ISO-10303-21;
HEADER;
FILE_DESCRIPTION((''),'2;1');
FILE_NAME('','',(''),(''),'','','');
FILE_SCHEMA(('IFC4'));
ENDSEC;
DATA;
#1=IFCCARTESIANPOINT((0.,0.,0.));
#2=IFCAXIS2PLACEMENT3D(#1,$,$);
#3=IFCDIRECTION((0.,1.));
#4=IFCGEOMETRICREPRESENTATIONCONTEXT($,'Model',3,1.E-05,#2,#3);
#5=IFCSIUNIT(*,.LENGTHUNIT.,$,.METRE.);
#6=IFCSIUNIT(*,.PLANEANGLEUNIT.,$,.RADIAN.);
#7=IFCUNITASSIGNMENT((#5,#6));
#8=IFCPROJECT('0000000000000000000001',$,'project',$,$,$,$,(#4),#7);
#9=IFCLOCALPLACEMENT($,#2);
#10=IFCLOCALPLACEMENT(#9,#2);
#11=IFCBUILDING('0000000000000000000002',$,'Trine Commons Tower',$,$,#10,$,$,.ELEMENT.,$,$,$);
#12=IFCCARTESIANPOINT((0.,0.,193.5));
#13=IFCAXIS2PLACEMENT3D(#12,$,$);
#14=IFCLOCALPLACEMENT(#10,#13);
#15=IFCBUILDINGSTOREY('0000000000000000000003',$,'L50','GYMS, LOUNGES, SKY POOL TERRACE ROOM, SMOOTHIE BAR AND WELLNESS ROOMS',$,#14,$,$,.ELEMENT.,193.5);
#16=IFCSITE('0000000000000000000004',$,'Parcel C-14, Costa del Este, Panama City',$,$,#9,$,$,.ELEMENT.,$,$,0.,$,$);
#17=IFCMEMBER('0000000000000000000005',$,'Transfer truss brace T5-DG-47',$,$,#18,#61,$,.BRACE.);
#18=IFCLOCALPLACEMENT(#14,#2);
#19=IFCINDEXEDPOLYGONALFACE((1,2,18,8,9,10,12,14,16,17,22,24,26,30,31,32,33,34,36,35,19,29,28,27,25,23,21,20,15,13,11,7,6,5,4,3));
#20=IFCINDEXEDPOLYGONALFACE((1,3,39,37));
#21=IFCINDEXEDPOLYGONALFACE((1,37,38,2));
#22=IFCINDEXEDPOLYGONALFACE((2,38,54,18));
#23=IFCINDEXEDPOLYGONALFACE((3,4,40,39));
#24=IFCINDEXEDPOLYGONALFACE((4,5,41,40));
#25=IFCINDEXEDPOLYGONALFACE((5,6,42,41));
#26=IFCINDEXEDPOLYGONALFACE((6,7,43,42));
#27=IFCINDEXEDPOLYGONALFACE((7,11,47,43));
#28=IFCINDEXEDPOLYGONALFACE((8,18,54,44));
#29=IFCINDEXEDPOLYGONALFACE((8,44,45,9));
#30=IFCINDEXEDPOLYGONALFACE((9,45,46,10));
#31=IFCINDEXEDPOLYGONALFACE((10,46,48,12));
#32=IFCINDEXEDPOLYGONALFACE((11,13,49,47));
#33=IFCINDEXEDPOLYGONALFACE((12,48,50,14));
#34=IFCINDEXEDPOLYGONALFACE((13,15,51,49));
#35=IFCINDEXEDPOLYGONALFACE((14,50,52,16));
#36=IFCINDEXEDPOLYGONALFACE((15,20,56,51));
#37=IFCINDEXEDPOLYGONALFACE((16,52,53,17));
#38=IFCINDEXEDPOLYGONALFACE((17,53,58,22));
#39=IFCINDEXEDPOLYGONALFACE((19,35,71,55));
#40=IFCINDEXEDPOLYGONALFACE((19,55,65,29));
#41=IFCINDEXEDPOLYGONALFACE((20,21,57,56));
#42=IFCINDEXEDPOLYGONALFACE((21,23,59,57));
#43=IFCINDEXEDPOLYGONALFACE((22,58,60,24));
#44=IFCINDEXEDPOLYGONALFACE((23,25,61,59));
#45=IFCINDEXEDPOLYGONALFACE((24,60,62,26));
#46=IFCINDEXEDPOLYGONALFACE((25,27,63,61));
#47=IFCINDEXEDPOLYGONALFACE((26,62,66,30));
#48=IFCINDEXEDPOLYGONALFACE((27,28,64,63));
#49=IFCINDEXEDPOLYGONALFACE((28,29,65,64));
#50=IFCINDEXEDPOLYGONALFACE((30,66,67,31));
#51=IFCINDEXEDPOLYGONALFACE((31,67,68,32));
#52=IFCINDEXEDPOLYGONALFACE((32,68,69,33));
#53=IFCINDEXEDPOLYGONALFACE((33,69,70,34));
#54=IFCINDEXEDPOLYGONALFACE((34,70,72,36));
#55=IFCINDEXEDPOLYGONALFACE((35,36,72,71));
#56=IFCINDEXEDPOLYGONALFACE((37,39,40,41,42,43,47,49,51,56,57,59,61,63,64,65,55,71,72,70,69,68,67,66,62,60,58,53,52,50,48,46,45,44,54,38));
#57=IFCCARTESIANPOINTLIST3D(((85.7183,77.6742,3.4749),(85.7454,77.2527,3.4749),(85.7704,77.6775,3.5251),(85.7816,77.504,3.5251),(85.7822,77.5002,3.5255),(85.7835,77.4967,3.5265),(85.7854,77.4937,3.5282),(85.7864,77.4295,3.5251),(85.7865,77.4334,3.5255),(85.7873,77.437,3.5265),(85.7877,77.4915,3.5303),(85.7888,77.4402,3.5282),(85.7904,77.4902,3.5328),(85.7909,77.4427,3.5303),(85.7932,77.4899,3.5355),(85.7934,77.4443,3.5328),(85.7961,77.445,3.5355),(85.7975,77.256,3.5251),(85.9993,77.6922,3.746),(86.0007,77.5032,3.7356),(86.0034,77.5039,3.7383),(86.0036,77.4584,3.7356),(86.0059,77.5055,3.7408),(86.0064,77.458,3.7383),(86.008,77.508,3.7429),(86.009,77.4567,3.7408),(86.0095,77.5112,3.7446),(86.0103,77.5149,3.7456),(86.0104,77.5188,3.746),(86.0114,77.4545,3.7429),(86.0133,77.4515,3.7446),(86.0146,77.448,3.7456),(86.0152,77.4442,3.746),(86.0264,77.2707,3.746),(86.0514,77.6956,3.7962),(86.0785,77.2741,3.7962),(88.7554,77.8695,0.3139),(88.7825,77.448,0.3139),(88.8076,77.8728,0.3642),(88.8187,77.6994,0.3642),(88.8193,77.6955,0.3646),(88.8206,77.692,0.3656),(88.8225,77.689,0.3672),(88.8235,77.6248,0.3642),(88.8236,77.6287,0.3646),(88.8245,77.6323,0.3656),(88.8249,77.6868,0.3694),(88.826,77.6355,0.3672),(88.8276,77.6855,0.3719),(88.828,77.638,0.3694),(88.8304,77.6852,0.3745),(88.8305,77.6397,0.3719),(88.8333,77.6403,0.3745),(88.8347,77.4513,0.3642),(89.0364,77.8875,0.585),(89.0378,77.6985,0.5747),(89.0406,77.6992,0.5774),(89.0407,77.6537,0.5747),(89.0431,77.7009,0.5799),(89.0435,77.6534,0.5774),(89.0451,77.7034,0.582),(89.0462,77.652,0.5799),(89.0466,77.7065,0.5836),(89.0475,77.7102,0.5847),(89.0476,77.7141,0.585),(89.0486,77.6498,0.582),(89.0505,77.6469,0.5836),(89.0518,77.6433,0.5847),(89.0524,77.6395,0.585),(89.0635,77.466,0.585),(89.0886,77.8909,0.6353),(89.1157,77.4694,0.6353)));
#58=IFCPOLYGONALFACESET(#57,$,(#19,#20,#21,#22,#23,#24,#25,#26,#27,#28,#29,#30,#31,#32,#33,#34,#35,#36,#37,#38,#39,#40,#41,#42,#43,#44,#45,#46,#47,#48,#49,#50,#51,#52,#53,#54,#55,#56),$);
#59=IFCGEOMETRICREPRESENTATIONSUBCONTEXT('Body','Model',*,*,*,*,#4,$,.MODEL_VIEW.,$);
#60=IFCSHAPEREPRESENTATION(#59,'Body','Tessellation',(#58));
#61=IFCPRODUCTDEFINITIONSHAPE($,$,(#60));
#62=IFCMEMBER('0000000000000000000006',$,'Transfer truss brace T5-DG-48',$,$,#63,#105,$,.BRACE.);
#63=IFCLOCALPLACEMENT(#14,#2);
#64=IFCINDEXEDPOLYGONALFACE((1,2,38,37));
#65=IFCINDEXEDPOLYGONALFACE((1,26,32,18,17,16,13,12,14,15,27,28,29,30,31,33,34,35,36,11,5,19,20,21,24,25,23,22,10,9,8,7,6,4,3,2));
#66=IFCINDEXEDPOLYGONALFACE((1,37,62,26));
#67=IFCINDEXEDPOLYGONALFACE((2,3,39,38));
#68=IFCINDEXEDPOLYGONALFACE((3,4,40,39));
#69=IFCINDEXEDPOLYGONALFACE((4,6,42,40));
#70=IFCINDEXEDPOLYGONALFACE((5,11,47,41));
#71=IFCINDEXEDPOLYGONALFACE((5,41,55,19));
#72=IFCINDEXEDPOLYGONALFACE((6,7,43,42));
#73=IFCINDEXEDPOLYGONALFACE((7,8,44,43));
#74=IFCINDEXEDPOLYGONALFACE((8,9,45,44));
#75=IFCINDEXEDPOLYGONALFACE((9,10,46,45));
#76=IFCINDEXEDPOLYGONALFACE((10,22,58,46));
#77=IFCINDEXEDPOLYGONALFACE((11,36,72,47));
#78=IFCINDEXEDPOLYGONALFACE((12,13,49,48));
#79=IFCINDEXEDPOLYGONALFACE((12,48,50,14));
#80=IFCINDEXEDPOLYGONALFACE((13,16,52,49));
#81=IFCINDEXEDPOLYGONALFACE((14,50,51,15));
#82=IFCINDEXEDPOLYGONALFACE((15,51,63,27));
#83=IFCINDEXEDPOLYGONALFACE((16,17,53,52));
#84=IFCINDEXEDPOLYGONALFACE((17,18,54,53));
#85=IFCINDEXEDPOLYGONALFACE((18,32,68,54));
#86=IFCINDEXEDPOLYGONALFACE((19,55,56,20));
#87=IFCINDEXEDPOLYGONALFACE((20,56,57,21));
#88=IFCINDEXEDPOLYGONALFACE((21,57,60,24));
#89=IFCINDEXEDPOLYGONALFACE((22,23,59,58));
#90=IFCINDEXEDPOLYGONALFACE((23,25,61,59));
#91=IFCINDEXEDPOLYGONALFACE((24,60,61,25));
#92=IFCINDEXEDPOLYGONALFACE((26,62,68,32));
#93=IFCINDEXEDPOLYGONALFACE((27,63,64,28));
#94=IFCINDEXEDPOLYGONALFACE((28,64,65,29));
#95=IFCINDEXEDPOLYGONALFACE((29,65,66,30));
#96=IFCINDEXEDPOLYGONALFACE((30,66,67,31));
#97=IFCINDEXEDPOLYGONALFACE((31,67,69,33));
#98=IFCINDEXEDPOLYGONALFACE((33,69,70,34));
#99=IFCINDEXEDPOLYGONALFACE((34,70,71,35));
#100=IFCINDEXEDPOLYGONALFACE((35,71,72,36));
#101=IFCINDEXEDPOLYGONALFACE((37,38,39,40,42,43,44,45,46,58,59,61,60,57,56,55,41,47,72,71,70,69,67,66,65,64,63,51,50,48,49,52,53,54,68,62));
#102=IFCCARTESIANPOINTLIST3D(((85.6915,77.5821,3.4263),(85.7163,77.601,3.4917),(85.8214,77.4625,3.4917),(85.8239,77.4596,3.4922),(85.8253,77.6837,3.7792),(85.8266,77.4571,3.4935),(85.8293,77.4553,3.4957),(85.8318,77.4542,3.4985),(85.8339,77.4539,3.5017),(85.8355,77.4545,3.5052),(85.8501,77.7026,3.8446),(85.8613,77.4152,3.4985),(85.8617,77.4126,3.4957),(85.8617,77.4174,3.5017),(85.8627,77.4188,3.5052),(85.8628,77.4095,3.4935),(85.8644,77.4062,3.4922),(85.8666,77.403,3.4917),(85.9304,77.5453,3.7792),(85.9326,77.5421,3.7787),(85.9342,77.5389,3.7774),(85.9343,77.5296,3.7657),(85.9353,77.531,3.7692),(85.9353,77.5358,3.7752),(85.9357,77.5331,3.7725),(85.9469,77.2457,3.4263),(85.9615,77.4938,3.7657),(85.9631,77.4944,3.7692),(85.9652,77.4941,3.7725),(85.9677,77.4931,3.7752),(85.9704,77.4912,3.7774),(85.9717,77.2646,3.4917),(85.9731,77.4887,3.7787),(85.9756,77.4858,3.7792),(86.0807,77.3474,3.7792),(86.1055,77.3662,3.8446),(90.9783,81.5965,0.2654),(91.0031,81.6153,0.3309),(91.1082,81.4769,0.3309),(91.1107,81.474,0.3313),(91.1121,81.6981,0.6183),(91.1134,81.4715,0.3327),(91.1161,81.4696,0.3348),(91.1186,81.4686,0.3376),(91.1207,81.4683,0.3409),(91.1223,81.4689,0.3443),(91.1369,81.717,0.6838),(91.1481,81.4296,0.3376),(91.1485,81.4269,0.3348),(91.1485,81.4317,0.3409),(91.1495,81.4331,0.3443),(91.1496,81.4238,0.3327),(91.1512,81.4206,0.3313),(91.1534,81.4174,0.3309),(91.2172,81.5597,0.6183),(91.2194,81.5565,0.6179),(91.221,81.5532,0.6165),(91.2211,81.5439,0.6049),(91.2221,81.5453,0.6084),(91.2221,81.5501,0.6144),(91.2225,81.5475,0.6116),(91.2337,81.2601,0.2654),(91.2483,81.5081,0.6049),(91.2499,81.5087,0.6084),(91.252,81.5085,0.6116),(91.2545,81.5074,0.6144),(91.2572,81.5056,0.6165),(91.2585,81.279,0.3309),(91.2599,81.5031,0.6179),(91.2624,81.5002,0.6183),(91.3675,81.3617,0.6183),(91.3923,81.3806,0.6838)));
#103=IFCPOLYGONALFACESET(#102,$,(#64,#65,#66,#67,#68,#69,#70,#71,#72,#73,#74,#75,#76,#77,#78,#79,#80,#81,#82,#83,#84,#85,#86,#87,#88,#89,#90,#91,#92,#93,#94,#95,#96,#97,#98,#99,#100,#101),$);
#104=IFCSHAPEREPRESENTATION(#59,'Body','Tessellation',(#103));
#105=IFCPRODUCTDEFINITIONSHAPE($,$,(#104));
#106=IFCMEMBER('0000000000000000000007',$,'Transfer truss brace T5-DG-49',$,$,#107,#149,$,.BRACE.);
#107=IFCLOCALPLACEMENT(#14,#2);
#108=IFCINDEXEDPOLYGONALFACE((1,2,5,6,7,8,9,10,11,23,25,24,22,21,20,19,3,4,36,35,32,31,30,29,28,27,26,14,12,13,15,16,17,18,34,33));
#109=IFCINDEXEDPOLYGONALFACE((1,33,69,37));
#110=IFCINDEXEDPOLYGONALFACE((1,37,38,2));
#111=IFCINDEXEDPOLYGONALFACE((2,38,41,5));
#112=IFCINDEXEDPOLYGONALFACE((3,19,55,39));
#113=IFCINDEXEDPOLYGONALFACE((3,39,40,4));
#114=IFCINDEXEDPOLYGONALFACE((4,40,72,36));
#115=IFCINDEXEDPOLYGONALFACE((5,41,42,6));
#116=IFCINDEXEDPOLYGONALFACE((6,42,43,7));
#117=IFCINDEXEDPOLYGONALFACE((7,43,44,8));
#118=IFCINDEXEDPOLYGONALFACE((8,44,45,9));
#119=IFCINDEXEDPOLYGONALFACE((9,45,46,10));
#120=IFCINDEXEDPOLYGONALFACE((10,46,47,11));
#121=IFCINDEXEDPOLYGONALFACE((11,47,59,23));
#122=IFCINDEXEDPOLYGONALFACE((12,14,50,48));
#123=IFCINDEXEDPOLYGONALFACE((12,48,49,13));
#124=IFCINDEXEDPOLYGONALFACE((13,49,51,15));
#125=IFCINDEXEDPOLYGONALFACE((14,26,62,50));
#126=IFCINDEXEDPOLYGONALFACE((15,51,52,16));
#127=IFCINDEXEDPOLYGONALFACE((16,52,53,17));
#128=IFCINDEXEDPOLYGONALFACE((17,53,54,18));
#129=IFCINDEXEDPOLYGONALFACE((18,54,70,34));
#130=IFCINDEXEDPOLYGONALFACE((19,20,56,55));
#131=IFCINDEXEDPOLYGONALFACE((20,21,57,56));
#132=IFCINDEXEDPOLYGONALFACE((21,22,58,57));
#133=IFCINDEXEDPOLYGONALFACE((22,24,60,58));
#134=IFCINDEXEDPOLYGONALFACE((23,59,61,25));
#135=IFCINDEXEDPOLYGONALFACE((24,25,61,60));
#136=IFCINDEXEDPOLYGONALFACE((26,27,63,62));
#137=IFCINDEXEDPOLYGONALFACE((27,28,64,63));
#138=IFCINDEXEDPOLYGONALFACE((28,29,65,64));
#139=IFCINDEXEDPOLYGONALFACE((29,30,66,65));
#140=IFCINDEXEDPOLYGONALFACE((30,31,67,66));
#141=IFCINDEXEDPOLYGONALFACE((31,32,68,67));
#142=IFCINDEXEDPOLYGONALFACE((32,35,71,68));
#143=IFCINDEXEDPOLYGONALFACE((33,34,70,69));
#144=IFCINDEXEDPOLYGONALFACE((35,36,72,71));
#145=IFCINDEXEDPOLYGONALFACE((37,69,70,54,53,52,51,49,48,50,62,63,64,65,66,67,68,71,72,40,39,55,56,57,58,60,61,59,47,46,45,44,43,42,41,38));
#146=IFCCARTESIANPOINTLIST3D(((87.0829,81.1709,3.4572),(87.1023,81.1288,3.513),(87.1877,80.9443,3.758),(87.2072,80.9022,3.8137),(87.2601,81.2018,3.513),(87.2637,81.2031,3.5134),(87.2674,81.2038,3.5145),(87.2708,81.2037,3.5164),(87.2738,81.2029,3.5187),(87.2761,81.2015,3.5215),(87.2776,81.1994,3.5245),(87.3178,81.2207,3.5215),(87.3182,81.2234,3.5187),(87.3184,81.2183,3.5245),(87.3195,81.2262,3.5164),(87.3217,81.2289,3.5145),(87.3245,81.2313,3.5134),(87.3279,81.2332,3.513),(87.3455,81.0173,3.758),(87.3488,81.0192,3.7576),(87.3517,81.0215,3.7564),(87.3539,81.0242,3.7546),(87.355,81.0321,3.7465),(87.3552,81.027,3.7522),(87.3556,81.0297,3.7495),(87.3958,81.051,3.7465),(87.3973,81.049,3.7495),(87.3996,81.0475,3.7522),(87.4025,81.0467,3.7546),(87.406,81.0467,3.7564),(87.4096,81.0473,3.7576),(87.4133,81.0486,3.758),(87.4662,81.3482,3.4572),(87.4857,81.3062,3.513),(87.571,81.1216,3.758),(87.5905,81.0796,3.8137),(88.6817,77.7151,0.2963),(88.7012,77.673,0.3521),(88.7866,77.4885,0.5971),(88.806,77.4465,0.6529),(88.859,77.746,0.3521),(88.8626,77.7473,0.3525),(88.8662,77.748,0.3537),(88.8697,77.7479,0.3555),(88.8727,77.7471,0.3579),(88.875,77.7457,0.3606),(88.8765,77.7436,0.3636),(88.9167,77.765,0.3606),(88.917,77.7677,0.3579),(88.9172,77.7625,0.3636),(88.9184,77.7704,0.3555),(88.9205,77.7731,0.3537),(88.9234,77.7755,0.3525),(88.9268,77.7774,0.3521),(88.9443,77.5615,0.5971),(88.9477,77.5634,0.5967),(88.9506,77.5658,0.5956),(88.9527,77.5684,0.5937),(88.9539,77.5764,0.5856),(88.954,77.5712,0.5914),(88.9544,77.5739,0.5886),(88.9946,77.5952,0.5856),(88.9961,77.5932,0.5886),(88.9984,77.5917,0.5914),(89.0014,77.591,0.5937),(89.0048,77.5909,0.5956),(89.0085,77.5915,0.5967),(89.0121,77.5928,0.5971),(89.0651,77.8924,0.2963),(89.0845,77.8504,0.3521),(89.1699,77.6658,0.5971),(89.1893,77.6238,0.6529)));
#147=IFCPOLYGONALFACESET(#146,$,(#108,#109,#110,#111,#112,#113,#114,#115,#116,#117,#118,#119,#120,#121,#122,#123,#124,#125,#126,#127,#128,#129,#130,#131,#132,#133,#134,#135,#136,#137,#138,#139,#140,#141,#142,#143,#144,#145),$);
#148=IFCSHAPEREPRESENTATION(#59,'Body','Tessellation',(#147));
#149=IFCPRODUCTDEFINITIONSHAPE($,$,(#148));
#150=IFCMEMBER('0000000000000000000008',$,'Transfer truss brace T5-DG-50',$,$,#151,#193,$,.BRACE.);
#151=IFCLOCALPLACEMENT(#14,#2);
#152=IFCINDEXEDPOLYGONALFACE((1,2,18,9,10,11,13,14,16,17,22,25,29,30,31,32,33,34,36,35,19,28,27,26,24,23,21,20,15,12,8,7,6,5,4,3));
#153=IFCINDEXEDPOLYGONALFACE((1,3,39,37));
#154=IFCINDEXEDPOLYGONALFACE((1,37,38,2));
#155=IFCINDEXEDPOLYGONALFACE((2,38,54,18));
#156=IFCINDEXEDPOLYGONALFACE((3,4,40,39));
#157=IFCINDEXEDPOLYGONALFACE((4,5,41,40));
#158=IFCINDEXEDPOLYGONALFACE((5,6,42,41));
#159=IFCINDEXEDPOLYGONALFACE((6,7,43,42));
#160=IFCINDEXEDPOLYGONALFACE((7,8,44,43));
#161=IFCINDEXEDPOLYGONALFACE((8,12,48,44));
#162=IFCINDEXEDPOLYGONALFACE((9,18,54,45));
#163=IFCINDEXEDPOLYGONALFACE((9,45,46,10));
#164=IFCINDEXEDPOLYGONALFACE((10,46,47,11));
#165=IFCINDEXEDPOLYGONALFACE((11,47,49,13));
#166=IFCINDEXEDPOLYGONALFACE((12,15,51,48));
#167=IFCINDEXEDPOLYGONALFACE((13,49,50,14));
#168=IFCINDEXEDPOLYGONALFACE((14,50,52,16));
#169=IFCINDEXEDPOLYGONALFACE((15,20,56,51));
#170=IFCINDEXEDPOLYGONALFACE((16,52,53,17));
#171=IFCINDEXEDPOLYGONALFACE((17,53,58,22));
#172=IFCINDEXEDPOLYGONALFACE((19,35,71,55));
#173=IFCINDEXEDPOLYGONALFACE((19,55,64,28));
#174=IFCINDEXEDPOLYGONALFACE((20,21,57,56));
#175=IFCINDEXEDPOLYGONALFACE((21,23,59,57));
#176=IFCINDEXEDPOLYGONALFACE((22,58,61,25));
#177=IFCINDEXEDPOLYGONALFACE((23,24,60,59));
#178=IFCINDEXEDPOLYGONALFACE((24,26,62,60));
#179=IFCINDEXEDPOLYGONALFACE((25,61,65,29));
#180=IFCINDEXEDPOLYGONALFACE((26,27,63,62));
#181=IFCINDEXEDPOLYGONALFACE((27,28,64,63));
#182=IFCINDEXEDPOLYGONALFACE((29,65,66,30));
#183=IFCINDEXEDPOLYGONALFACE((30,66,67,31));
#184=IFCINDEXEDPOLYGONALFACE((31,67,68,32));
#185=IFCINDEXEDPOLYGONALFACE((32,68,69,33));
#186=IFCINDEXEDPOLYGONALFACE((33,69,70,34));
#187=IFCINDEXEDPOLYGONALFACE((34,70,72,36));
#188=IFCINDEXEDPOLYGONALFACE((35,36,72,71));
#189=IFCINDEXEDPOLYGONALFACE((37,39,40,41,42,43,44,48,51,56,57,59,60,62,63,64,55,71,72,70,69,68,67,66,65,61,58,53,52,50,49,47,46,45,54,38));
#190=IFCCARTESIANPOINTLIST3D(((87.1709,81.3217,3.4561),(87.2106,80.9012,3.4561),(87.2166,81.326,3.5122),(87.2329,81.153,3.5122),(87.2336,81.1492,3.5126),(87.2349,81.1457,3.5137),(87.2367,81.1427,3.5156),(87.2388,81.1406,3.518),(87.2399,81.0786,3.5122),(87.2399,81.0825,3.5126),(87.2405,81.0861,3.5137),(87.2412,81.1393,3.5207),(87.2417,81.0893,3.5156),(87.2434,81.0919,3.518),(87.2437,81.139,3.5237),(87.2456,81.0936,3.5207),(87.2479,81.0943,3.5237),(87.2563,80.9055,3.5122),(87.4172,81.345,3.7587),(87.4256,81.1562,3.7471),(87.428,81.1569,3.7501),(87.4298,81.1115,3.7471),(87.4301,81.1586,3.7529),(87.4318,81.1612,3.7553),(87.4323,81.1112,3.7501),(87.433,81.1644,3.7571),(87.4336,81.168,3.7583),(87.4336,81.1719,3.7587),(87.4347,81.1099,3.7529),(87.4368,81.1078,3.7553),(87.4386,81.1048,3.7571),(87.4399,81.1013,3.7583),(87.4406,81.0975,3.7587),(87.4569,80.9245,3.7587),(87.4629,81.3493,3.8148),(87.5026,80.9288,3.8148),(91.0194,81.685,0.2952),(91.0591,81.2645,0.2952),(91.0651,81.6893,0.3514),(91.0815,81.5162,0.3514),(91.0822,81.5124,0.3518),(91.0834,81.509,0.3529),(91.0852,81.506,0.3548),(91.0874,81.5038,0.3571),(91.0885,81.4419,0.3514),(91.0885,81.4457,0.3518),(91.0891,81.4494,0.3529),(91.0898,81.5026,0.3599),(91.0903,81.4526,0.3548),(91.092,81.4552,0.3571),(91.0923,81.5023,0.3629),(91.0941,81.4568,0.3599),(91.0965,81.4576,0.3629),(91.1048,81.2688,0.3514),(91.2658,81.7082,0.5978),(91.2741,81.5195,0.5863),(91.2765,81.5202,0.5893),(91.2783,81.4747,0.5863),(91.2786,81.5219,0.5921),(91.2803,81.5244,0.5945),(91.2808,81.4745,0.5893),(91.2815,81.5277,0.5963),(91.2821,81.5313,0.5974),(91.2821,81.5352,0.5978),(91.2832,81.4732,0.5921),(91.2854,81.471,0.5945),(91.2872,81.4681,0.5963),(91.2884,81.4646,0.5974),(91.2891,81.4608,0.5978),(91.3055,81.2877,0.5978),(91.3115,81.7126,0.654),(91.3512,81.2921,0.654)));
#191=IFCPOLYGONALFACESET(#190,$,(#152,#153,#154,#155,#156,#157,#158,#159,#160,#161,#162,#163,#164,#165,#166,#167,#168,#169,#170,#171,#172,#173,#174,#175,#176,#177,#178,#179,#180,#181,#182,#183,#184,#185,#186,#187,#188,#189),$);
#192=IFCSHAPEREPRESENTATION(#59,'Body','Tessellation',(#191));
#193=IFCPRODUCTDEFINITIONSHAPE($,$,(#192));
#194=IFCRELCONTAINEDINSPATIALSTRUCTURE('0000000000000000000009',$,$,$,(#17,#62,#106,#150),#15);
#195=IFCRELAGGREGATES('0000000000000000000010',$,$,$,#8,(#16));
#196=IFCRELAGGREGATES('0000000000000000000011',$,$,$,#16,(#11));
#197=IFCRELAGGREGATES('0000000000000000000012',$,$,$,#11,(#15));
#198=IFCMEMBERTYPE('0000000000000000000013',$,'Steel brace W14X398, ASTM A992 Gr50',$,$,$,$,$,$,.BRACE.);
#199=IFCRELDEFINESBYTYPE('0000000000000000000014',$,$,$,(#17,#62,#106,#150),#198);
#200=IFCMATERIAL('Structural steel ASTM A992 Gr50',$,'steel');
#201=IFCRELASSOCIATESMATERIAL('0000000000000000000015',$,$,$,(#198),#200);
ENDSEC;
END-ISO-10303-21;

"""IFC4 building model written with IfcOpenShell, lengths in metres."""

from ifc_helpers import new_model, si_unit, direction, frame, origin, origin_2d, place, context, subcontext, project, spatial, i_section, extrude, material, material_profile, profile_set, type_object, element, save


model = new_model("IFC4")

# Units and contexts
model_context = context("Model", 3, precision=1e-05, world=origin(), true_north=direction((0.0, 1.0)))
body_context = subcontext(model_context, "Body", "Model", "MODEL_VIEW")
ifc_project = project(units=[si_unit("LENGTHUNIT", "METRE"), si_unit("PLANEANGLEUNIT", "RADIAN")], contexts=[model_context])

# Site, building, storey
site_placement = place(None, origin())
site = spatial("IfcSite", under=ifc_project, at=site_placement, Name="Parcel C-14, Costa del Este, Panama City", CompositionType="ELEMENT", RefElevation=0.0)
building_placement = place(site_placement, origin())
building = spatial("IfcBuilding", under=site, at=building_placement, Name="Trine Commons Tower", CompositionType="ELEMENT")
storey_placement = place(building_placement, frame((0.0, 0.0, 193.5)))
storey = spatial("IfcBuildingStorey", under=building, at=storey_placement, Name="L50", Description="GYMS, LOUNGES, SKY POOL TERRACE ROOM, SMOOTHIE BAR AND WELLNESS ROOMS", CompositionType="ELEMENT", Elevation=193.5)

# Shared definitions
ifc_material_1 = material(Name="Structural steel ASTM A992 Gr50", Category="steel")

# Members
ifc_material_profile_1 = material_profile(ifc_material_1, i_section(OverallWidth=0.4224, OverallDepth=0.4634, WebThickness=0.0449, FlangeThickness=0.0725, FilletRadius=0.0149, at=origin_2d()), Name="W14X398")
ifc_profile_set_1 = profile_set([ifc_material_profile_1], Name="Structural steel ASTM A992 Gr50")
member_type_1 = type_object("IfcMemberType", Name="Steel brace W14X398, ASTM A992 Gr50", PredefinedType="BRACE", material=ifc_profile_set_1)
member_1_placement = place(storey_placement, frame((88.9355, 77.6694, 0.4746), z_axis=(-0.69216, -0.044512, 0.72037), x_axis=(0.064176, -0.997939, 0.0)))
element("IfcMember", 1, at=member_1_placement, inside=storey, type_object=member_type_1, Name="Transfer truss brace T5-DG-47", PredefinedType="BRACE", context=body_context, shape_type="SweptSolid", body=[
    extrude(i_section(OverallWidth=0.4224, OverallDepth=0.4634, WebThickness=0.0449, FlangeThickness=0.0725, FilletRadius=0.0149, at=origin_2d()), origin(), (0.0, 0.0, 1.0), 4.3879),
])
member_2_placement = place(storey_placement, frame((91.1853, 81.4885, 0.4746), z_axis=(-0.719068, -0.546, 0.429913), x_axis=(0.604738, -0.796424, 0.0)))
element("IfcMember", 2, at=member_2_placement, inside=storey, type_object=member_type_1, Name="Transfer truss brace T5-DG-48", PredefinedType="BRACE", context=body_context, shape_type="SweptSolid", body=[
    extrude(i_section(OverallWidth=0.4224, OverallDepth=0.4634, WebThickness=0.0449, FlangeThickness=0.0725, FilletRadius=0.0149, at=origin_2d()), origin(), (0.0, 0.0, 1.0), 7.3523),
])
member_3_placement = place(storey_placement, frame((88.9355, 77.6694, 0.4746), z_axis=(-0.323086, 0.698318, 0.638723), x_axis=(-0.907571, -0.4199, 0.0)))
element("IfcMember", 3, at=member_3_placement, inside=storey, type_object=member_type_1, Name="Transfer truss brace T5-DG-49", PredefinedType="BRACE", context=body_context, shape_type="SweptSolid", body=[
    extrude(i_section(OverallWidth=0.4224, OverallDepth=0.4634, WebThickness=0.0449, FlangeThickness=0.0725, FilletRadius=0.0149, at=origin_2d()), origin(), (0.0, 0.0, 1.0), 4.9487),
])
member_4_placement = place(storey_placement, frame((91.1853, 81.4885, 0.4746), z_axis=(-0.770727, -0.072751, 0.632999), x_axis=(0.093975, -0.995575, 0.0)))
element("IfcMember", 4, at=member_4_placement, inside=storey, type_object=member_type_1, Name="Transfer truss brace T5-DG-50", PredefinedType="BRACE", context=body_context, shape_type="SweptSolid", body=[
    extrude(i_section(OverallWidth=0.4224, OverallDepth=0.4634, WebThickness=0.0449, FlangeThickness=0.0725, FilletRadius=0.0149, at=origin_2d()), origin(), (0.0, 0.0, 1.0), 4.9934),
])

save(model, "model.ifc")
